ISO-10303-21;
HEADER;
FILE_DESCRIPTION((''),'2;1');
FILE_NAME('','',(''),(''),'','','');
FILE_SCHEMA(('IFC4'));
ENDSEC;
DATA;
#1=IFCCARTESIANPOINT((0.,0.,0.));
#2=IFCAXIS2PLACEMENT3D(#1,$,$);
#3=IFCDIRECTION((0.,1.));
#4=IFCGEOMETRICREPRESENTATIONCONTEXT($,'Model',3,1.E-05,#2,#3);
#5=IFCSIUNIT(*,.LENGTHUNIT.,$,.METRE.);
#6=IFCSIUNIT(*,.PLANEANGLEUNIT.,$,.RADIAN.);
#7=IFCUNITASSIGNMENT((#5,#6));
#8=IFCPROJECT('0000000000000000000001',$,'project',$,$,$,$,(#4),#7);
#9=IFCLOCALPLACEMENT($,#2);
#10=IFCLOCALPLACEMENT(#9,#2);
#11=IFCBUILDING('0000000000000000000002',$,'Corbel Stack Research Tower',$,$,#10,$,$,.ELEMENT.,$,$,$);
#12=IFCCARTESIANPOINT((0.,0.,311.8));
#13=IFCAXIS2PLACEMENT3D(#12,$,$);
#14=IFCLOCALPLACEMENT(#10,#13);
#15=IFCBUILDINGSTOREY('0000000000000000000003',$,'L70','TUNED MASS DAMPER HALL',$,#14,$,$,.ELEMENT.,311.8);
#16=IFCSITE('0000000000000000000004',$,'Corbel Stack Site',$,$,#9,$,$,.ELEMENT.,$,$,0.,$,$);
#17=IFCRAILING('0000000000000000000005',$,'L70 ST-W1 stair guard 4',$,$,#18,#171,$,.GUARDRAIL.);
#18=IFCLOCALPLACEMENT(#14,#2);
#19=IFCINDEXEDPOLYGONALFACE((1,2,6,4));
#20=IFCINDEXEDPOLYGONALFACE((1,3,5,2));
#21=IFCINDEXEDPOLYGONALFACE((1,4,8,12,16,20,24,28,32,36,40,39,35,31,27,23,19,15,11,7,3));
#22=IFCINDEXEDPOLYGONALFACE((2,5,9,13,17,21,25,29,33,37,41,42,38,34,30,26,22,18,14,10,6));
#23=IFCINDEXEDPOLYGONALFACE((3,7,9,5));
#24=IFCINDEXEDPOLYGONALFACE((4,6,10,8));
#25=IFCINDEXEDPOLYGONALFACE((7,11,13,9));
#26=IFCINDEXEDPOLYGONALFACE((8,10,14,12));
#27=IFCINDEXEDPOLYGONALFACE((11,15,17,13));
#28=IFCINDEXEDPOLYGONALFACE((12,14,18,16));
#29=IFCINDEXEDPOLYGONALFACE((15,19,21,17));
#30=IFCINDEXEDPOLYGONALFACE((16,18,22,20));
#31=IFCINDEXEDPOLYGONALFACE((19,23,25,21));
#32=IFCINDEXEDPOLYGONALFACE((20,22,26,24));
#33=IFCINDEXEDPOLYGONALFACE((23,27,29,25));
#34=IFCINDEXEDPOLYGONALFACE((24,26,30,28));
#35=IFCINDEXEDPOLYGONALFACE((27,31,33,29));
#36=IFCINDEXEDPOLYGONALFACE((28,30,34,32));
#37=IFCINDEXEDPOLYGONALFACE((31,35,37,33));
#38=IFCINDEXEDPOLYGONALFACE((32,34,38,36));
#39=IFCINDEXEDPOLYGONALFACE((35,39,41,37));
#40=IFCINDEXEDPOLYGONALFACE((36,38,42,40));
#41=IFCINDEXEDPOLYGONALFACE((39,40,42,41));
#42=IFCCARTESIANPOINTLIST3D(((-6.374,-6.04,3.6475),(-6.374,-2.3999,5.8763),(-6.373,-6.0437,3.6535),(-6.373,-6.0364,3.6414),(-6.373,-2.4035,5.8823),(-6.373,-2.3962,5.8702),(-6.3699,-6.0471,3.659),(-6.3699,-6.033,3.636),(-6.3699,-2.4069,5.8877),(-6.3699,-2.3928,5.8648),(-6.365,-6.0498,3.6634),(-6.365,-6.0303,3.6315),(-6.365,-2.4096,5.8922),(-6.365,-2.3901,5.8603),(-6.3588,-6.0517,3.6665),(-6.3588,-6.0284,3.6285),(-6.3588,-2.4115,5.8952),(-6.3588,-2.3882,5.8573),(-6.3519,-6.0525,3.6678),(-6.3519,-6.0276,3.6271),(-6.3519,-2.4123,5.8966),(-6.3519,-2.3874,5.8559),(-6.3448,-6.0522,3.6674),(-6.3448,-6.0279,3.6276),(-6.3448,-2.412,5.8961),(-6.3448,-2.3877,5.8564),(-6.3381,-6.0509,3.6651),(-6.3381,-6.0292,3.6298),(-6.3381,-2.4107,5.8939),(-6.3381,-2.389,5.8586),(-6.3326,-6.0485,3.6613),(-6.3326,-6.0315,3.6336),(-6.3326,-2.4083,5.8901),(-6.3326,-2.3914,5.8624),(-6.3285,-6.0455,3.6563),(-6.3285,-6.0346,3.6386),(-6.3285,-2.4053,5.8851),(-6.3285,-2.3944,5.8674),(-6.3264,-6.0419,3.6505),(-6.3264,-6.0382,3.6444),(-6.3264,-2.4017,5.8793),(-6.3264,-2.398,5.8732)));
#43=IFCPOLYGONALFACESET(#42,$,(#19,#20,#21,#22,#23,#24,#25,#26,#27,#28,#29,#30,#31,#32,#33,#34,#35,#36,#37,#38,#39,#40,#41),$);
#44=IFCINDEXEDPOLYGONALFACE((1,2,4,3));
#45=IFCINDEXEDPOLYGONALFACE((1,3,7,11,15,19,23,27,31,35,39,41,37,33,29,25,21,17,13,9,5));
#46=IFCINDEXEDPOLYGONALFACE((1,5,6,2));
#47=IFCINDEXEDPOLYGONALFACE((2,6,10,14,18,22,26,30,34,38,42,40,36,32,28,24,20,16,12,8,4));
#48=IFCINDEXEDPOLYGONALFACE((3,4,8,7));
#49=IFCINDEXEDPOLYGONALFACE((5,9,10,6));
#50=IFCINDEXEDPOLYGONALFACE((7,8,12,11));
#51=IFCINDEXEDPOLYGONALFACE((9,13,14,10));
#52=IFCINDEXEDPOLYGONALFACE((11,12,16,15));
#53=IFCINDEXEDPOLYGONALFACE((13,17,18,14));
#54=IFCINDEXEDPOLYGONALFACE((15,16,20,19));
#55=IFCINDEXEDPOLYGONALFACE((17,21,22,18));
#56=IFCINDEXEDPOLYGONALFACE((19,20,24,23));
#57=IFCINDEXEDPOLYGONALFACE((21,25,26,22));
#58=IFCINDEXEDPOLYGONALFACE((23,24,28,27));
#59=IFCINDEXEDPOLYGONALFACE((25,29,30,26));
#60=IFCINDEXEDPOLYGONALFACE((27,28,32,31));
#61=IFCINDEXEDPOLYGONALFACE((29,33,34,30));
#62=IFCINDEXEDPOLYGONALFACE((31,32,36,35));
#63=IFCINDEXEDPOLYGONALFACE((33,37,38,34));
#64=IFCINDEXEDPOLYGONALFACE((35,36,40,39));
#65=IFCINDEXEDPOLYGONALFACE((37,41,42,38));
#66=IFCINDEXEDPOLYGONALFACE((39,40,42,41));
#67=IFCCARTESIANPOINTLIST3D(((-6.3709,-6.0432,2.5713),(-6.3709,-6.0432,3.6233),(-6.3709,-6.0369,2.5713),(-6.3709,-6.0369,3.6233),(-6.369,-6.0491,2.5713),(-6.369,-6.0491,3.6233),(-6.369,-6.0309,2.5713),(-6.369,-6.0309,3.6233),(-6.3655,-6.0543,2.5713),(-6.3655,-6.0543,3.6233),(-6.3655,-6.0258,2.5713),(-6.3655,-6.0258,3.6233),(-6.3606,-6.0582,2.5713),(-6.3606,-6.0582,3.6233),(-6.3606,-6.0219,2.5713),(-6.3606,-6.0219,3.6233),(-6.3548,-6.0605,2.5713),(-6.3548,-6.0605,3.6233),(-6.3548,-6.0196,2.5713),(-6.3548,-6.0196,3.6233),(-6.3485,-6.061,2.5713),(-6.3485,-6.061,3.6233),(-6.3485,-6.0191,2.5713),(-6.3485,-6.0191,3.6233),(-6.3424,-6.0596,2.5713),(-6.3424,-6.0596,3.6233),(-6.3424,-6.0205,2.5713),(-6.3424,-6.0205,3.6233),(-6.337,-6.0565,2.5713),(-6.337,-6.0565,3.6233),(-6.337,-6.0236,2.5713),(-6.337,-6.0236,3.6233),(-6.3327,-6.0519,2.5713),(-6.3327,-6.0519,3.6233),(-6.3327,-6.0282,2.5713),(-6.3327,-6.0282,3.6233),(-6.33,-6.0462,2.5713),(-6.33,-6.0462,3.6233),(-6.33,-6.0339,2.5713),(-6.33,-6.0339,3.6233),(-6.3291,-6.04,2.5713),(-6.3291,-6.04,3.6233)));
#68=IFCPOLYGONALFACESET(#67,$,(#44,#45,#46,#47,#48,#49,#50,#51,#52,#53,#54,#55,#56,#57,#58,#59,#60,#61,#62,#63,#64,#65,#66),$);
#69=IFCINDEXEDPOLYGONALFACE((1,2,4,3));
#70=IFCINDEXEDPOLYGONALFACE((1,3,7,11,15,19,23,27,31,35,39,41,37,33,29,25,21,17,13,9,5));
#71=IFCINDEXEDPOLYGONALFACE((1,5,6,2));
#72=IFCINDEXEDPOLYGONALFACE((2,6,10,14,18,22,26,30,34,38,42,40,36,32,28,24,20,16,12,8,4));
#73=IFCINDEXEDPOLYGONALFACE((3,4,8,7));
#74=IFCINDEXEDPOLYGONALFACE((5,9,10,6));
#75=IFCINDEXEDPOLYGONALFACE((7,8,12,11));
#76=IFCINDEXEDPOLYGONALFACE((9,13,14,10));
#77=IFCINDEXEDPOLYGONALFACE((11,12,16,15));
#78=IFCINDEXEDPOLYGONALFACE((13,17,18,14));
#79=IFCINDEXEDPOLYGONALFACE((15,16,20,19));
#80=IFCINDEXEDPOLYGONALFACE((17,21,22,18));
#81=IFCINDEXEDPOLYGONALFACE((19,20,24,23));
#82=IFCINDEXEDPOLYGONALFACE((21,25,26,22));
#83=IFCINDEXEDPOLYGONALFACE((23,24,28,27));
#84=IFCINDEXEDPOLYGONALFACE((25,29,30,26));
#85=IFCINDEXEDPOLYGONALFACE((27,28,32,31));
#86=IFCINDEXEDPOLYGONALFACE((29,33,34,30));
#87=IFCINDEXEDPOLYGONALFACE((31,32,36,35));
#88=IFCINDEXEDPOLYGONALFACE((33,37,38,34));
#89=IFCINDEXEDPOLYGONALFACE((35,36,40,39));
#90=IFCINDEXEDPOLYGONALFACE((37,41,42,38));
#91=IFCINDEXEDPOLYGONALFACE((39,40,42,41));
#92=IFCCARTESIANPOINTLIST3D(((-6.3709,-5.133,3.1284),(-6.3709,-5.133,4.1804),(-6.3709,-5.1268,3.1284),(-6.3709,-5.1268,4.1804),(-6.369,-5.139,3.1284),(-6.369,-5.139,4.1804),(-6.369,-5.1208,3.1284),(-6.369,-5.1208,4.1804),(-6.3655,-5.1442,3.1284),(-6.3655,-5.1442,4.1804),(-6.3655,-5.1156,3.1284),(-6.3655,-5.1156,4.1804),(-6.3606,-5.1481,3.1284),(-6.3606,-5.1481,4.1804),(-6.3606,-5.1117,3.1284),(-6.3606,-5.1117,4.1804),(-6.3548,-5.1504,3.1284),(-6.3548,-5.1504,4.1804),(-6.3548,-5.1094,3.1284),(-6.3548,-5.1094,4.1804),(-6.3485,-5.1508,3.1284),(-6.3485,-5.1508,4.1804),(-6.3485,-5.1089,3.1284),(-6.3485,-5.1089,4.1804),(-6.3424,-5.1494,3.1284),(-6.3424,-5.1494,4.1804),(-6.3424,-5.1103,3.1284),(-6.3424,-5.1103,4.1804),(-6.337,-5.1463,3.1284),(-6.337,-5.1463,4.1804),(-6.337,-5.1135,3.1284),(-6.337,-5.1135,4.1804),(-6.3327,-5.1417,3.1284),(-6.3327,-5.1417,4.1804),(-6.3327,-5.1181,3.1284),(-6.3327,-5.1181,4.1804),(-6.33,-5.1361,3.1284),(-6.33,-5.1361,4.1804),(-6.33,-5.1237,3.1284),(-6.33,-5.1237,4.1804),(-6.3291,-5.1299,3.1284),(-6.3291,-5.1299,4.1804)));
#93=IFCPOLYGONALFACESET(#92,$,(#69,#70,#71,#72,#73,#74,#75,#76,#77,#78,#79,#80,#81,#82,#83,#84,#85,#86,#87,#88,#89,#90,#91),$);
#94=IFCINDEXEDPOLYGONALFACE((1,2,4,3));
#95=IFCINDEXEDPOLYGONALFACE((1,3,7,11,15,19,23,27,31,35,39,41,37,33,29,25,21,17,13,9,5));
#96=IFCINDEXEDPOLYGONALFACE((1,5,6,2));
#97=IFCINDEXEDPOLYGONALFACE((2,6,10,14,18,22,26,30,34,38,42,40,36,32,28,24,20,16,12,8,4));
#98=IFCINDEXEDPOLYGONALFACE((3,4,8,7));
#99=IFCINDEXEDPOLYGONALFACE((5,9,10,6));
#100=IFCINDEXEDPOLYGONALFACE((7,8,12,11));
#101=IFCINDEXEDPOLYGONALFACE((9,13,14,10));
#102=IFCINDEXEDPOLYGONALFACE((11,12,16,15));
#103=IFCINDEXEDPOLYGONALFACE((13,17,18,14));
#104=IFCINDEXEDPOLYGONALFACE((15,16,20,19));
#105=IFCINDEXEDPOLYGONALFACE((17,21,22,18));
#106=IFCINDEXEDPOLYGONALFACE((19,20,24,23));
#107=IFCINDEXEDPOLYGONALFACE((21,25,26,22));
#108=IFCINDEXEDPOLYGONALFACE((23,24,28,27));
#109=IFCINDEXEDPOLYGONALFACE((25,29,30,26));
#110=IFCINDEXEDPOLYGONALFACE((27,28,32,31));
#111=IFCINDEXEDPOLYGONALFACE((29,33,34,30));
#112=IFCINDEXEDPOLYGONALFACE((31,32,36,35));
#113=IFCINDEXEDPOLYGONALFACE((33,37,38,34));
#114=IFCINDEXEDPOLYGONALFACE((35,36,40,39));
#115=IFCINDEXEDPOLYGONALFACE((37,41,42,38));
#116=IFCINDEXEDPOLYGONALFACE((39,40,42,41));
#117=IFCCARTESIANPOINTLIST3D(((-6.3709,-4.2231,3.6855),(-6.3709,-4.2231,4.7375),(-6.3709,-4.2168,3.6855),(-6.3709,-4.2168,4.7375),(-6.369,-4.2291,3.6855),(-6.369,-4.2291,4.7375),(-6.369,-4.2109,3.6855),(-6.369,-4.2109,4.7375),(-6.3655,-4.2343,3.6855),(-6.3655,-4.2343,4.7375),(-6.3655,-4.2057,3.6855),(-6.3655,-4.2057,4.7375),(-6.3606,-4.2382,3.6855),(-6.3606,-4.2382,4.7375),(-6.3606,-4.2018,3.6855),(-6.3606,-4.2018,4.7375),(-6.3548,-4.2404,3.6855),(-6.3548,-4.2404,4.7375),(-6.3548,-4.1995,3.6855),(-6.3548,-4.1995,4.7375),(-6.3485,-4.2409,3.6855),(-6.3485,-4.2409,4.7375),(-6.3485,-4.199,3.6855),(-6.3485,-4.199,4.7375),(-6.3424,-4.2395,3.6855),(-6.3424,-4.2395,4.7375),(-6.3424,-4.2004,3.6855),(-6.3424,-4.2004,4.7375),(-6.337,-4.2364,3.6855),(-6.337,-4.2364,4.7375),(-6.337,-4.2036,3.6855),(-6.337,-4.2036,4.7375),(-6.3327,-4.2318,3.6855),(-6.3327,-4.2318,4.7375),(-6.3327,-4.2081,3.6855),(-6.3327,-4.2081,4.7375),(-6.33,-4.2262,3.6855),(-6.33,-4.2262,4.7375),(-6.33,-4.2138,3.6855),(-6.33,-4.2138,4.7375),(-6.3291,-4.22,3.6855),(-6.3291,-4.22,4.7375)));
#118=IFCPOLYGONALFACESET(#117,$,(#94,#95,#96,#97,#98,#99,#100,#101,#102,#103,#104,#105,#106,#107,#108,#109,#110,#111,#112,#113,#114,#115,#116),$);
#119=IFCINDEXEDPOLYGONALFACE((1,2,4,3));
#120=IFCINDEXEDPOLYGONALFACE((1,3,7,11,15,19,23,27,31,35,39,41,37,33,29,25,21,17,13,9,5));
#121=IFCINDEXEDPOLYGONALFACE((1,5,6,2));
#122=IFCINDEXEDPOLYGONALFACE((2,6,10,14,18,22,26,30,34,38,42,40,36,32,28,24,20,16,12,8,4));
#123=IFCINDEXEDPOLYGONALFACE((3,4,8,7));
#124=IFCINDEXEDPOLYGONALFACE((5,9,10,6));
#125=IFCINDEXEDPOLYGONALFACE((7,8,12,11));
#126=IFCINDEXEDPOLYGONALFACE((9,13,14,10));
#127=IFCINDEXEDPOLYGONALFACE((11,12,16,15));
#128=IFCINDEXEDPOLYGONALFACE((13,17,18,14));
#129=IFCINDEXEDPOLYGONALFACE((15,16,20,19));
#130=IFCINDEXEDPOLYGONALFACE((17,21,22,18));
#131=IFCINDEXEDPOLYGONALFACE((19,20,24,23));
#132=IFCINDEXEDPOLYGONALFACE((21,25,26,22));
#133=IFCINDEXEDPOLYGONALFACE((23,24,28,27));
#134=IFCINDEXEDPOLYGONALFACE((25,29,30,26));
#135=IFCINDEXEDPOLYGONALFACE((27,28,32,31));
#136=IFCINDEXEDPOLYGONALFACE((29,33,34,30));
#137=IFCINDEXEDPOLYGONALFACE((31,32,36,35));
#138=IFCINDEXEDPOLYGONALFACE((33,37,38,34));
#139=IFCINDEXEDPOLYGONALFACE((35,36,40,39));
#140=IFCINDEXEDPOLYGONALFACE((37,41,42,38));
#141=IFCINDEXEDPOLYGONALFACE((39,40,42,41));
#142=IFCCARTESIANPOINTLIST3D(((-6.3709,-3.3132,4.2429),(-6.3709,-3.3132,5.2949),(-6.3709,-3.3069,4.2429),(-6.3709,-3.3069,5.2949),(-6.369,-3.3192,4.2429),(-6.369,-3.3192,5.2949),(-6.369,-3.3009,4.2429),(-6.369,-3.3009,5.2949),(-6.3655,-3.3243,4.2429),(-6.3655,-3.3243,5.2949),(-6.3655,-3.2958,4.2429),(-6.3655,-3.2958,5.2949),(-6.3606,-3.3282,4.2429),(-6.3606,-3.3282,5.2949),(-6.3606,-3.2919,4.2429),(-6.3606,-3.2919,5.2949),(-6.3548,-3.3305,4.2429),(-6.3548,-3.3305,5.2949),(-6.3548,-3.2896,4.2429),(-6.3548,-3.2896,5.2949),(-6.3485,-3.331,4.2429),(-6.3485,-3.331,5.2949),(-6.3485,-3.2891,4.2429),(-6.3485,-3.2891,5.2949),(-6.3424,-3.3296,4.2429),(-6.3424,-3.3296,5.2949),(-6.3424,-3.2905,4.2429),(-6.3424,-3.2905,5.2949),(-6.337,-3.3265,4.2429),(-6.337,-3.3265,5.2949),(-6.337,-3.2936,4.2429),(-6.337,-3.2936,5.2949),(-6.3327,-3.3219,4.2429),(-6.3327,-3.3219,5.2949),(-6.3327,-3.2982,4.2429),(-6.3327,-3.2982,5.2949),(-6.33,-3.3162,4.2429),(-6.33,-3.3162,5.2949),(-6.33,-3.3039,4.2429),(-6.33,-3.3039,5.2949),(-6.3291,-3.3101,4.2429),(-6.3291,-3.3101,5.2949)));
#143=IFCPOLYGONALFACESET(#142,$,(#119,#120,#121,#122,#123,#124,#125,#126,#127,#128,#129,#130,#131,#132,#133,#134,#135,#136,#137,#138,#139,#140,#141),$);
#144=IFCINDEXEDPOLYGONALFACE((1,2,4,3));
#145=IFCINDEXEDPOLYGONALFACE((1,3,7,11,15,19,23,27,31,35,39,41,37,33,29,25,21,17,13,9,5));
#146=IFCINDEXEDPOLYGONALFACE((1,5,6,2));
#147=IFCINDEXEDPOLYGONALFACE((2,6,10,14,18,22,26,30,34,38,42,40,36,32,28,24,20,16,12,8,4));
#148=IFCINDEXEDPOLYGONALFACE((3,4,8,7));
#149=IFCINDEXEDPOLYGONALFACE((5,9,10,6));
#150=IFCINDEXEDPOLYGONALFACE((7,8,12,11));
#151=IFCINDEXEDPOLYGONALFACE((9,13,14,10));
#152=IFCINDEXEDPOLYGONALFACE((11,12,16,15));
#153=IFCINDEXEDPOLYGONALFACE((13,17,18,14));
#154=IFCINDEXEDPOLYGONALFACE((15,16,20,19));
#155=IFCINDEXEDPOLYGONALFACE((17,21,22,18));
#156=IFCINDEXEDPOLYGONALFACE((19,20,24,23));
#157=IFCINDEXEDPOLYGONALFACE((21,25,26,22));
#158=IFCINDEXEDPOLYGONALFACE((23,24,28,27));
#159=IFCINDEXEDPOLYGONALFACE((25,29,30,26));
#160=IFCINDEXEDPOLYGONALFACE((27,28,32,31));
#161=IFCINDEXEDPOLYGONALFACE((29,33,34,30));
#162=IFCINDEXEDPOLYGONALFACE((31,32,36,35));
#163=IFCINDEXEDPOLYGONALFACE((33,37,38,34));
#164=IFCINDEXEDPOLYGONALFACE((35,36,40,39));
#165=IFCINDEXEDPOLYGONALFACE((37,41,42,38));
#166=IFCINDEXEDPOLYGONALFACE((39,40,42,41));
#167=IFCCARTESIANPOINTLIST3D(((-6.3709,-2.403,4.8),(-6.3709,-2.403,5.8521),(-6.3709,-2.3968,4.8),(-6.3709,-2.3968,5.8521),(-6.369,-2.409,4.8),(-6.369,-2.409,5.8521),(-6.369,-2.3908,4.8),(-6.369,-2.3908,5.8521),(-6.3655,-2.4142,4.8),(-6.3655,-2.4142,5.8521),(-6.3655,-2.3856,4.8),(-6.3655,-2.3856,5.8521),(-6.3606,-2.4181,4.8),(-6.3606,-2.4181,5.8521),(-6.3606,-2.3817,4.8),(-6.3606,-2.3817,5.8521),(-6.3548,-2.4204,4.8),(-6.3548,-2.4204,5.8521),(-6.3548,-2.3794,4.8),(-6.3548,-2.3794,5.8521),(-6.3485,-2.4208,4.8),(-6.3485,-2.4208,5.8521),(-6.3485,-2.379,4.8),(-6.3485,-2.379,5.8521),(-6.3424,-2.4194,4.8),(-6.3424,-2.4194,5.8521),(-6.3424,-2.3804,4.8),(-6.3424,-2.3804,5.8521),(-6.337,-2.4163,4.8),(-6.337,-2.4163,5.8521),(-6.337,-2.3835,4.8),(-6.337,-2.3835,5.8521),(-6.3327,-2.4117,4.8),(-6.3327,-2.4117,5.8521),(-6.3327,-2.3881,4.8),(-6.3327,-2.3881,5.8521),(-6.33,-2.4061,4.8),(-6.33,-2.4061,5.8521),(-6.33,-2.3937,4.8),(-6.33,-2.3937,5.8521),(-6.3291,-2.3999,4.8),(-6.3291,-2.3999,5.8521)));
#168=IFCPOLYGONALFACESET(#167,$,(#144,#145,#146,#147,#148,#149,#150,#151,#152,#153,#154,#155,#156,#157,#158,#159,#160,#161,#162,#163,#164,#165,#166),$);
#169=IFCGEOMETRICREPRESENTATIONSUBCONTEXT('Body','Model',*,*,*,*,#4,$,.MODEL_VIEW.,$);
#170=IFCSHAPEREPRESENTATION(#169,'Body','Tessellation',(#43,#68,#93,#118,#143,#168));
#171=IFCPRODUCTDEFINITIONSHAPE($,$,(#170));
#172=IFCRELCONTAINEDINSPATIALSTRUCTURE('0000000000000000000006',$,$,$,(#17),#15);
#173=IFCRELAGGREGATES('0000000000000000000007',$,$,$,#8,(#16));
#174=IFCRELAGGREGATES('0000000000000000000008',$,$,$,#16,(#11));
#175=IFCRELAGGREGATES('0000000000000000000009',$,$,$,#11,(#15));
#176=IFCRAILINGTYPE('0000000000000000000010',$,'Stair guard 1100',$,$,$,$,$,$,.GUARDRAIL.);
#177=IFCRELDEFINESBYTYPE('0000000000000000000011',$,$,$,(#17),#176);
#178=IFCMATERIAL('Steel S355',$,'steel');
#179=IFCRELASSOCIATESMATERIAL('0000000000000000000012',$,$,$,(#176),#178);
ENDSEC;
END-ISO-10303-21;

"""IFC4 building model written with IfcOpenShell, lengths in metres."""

from ifc_helpers import new_model, si_unit, direction, frame, origin, origin_2d, place, context, subcontext, project, spatial, circle, extrude, material, type_object, element, save


model = new_model("IFC4")

# Units and contexts
model_context = context("Model", 3, precision=1e-05, world=origin(), true_north=direction((0.0, 1.0)))
body_context = subcontext(model_context, "Body", "Model", "MODEL_VIEW")
ifc_project = project(units=[si_unit("LENGTHUNIT", "METRE"), si_unit("PLANEANGLEUNIT", "RADIAN")], contexts=[model_context])

# Site, building, storey
site_placement = place(None, origin())
site = spatial("IfcSite", under=ifc_project, at=site_placement, Name="Corbel Stack Site", CompositionType="ELEMENT", RefElevation=0.0)
building_placement = place(site_placement, origin())
building = spatial("IfcBuilding", under=site, at=building_placement, Name="Corbel Stack Research Tower", CompositionType="ELEMENT")
storey_placement = place(building_placement, frame((0.0, 0.0, 311.8)))
storey = spatial("IfcBuildingStorey", under=building, at=storey_placement, Name="L70", Description="TUNED MASS DAMPER HALL", CompositionType="ELEMENT", Elevation=311.8)

# Railing
ifc_material_1 = material(Name="Steel S355", Category="steel")
railing_type_1 = type_object("IfcRailingType", Name="Stair guard 1100", PredefinedType="GUARDRAIL", material=ifc_material_1)
railing_1_placement = place(storey_placement, frame((-6.3501, -6.04, 2.5713)))
element("IfcRailing", 1, at=railing_1_placement, inside=storey, type_object=railing_type_1, Name="L70 ST-W1 stair guard 4", PredefinedType="GUARDRAIL", context=body_context, shape_type="SweptSolid", body=[
    extrude(circle(Radius=0.0239, at=origin_2d()), frame((0.0, 0.0, 1.0762), z_axis=(0.0, 0.85284, 0.522172), x_axis=(-1.0, 0.0, 0.0)), (0.0, 0.0, 1.0), 4.2683),
    extrude(circle(Radius=0.021, at=origin_2d()), origin(), (0.0, 0.0, 1.0), 1.052),
    extrude(circle(Radius=0.021, at=origin_2d()), frame((0.0, 0.9102, 0.5571)), (0.0, 0.0, 1.0), 1.052),
    extrude(circle(Radius=0.021, at=origin_2d()), frame((0.0, 1.8201, 1.1143)), (0.0, 0.0, 1.0), 1.052),
    extrude(circle(Radius=0.021, at=origin_2d()), frame((0.0, 2.73, 1.6716)), (0.0, 0.0, 1.0), 1.052),
    extrude(circle(Radius=0.021, at=origin_2d()), frame((0.0, 3.6401, 2.2288)), (0.0, 0.0, 1.0), 1.052),
])

save(model, "model.ifc")
